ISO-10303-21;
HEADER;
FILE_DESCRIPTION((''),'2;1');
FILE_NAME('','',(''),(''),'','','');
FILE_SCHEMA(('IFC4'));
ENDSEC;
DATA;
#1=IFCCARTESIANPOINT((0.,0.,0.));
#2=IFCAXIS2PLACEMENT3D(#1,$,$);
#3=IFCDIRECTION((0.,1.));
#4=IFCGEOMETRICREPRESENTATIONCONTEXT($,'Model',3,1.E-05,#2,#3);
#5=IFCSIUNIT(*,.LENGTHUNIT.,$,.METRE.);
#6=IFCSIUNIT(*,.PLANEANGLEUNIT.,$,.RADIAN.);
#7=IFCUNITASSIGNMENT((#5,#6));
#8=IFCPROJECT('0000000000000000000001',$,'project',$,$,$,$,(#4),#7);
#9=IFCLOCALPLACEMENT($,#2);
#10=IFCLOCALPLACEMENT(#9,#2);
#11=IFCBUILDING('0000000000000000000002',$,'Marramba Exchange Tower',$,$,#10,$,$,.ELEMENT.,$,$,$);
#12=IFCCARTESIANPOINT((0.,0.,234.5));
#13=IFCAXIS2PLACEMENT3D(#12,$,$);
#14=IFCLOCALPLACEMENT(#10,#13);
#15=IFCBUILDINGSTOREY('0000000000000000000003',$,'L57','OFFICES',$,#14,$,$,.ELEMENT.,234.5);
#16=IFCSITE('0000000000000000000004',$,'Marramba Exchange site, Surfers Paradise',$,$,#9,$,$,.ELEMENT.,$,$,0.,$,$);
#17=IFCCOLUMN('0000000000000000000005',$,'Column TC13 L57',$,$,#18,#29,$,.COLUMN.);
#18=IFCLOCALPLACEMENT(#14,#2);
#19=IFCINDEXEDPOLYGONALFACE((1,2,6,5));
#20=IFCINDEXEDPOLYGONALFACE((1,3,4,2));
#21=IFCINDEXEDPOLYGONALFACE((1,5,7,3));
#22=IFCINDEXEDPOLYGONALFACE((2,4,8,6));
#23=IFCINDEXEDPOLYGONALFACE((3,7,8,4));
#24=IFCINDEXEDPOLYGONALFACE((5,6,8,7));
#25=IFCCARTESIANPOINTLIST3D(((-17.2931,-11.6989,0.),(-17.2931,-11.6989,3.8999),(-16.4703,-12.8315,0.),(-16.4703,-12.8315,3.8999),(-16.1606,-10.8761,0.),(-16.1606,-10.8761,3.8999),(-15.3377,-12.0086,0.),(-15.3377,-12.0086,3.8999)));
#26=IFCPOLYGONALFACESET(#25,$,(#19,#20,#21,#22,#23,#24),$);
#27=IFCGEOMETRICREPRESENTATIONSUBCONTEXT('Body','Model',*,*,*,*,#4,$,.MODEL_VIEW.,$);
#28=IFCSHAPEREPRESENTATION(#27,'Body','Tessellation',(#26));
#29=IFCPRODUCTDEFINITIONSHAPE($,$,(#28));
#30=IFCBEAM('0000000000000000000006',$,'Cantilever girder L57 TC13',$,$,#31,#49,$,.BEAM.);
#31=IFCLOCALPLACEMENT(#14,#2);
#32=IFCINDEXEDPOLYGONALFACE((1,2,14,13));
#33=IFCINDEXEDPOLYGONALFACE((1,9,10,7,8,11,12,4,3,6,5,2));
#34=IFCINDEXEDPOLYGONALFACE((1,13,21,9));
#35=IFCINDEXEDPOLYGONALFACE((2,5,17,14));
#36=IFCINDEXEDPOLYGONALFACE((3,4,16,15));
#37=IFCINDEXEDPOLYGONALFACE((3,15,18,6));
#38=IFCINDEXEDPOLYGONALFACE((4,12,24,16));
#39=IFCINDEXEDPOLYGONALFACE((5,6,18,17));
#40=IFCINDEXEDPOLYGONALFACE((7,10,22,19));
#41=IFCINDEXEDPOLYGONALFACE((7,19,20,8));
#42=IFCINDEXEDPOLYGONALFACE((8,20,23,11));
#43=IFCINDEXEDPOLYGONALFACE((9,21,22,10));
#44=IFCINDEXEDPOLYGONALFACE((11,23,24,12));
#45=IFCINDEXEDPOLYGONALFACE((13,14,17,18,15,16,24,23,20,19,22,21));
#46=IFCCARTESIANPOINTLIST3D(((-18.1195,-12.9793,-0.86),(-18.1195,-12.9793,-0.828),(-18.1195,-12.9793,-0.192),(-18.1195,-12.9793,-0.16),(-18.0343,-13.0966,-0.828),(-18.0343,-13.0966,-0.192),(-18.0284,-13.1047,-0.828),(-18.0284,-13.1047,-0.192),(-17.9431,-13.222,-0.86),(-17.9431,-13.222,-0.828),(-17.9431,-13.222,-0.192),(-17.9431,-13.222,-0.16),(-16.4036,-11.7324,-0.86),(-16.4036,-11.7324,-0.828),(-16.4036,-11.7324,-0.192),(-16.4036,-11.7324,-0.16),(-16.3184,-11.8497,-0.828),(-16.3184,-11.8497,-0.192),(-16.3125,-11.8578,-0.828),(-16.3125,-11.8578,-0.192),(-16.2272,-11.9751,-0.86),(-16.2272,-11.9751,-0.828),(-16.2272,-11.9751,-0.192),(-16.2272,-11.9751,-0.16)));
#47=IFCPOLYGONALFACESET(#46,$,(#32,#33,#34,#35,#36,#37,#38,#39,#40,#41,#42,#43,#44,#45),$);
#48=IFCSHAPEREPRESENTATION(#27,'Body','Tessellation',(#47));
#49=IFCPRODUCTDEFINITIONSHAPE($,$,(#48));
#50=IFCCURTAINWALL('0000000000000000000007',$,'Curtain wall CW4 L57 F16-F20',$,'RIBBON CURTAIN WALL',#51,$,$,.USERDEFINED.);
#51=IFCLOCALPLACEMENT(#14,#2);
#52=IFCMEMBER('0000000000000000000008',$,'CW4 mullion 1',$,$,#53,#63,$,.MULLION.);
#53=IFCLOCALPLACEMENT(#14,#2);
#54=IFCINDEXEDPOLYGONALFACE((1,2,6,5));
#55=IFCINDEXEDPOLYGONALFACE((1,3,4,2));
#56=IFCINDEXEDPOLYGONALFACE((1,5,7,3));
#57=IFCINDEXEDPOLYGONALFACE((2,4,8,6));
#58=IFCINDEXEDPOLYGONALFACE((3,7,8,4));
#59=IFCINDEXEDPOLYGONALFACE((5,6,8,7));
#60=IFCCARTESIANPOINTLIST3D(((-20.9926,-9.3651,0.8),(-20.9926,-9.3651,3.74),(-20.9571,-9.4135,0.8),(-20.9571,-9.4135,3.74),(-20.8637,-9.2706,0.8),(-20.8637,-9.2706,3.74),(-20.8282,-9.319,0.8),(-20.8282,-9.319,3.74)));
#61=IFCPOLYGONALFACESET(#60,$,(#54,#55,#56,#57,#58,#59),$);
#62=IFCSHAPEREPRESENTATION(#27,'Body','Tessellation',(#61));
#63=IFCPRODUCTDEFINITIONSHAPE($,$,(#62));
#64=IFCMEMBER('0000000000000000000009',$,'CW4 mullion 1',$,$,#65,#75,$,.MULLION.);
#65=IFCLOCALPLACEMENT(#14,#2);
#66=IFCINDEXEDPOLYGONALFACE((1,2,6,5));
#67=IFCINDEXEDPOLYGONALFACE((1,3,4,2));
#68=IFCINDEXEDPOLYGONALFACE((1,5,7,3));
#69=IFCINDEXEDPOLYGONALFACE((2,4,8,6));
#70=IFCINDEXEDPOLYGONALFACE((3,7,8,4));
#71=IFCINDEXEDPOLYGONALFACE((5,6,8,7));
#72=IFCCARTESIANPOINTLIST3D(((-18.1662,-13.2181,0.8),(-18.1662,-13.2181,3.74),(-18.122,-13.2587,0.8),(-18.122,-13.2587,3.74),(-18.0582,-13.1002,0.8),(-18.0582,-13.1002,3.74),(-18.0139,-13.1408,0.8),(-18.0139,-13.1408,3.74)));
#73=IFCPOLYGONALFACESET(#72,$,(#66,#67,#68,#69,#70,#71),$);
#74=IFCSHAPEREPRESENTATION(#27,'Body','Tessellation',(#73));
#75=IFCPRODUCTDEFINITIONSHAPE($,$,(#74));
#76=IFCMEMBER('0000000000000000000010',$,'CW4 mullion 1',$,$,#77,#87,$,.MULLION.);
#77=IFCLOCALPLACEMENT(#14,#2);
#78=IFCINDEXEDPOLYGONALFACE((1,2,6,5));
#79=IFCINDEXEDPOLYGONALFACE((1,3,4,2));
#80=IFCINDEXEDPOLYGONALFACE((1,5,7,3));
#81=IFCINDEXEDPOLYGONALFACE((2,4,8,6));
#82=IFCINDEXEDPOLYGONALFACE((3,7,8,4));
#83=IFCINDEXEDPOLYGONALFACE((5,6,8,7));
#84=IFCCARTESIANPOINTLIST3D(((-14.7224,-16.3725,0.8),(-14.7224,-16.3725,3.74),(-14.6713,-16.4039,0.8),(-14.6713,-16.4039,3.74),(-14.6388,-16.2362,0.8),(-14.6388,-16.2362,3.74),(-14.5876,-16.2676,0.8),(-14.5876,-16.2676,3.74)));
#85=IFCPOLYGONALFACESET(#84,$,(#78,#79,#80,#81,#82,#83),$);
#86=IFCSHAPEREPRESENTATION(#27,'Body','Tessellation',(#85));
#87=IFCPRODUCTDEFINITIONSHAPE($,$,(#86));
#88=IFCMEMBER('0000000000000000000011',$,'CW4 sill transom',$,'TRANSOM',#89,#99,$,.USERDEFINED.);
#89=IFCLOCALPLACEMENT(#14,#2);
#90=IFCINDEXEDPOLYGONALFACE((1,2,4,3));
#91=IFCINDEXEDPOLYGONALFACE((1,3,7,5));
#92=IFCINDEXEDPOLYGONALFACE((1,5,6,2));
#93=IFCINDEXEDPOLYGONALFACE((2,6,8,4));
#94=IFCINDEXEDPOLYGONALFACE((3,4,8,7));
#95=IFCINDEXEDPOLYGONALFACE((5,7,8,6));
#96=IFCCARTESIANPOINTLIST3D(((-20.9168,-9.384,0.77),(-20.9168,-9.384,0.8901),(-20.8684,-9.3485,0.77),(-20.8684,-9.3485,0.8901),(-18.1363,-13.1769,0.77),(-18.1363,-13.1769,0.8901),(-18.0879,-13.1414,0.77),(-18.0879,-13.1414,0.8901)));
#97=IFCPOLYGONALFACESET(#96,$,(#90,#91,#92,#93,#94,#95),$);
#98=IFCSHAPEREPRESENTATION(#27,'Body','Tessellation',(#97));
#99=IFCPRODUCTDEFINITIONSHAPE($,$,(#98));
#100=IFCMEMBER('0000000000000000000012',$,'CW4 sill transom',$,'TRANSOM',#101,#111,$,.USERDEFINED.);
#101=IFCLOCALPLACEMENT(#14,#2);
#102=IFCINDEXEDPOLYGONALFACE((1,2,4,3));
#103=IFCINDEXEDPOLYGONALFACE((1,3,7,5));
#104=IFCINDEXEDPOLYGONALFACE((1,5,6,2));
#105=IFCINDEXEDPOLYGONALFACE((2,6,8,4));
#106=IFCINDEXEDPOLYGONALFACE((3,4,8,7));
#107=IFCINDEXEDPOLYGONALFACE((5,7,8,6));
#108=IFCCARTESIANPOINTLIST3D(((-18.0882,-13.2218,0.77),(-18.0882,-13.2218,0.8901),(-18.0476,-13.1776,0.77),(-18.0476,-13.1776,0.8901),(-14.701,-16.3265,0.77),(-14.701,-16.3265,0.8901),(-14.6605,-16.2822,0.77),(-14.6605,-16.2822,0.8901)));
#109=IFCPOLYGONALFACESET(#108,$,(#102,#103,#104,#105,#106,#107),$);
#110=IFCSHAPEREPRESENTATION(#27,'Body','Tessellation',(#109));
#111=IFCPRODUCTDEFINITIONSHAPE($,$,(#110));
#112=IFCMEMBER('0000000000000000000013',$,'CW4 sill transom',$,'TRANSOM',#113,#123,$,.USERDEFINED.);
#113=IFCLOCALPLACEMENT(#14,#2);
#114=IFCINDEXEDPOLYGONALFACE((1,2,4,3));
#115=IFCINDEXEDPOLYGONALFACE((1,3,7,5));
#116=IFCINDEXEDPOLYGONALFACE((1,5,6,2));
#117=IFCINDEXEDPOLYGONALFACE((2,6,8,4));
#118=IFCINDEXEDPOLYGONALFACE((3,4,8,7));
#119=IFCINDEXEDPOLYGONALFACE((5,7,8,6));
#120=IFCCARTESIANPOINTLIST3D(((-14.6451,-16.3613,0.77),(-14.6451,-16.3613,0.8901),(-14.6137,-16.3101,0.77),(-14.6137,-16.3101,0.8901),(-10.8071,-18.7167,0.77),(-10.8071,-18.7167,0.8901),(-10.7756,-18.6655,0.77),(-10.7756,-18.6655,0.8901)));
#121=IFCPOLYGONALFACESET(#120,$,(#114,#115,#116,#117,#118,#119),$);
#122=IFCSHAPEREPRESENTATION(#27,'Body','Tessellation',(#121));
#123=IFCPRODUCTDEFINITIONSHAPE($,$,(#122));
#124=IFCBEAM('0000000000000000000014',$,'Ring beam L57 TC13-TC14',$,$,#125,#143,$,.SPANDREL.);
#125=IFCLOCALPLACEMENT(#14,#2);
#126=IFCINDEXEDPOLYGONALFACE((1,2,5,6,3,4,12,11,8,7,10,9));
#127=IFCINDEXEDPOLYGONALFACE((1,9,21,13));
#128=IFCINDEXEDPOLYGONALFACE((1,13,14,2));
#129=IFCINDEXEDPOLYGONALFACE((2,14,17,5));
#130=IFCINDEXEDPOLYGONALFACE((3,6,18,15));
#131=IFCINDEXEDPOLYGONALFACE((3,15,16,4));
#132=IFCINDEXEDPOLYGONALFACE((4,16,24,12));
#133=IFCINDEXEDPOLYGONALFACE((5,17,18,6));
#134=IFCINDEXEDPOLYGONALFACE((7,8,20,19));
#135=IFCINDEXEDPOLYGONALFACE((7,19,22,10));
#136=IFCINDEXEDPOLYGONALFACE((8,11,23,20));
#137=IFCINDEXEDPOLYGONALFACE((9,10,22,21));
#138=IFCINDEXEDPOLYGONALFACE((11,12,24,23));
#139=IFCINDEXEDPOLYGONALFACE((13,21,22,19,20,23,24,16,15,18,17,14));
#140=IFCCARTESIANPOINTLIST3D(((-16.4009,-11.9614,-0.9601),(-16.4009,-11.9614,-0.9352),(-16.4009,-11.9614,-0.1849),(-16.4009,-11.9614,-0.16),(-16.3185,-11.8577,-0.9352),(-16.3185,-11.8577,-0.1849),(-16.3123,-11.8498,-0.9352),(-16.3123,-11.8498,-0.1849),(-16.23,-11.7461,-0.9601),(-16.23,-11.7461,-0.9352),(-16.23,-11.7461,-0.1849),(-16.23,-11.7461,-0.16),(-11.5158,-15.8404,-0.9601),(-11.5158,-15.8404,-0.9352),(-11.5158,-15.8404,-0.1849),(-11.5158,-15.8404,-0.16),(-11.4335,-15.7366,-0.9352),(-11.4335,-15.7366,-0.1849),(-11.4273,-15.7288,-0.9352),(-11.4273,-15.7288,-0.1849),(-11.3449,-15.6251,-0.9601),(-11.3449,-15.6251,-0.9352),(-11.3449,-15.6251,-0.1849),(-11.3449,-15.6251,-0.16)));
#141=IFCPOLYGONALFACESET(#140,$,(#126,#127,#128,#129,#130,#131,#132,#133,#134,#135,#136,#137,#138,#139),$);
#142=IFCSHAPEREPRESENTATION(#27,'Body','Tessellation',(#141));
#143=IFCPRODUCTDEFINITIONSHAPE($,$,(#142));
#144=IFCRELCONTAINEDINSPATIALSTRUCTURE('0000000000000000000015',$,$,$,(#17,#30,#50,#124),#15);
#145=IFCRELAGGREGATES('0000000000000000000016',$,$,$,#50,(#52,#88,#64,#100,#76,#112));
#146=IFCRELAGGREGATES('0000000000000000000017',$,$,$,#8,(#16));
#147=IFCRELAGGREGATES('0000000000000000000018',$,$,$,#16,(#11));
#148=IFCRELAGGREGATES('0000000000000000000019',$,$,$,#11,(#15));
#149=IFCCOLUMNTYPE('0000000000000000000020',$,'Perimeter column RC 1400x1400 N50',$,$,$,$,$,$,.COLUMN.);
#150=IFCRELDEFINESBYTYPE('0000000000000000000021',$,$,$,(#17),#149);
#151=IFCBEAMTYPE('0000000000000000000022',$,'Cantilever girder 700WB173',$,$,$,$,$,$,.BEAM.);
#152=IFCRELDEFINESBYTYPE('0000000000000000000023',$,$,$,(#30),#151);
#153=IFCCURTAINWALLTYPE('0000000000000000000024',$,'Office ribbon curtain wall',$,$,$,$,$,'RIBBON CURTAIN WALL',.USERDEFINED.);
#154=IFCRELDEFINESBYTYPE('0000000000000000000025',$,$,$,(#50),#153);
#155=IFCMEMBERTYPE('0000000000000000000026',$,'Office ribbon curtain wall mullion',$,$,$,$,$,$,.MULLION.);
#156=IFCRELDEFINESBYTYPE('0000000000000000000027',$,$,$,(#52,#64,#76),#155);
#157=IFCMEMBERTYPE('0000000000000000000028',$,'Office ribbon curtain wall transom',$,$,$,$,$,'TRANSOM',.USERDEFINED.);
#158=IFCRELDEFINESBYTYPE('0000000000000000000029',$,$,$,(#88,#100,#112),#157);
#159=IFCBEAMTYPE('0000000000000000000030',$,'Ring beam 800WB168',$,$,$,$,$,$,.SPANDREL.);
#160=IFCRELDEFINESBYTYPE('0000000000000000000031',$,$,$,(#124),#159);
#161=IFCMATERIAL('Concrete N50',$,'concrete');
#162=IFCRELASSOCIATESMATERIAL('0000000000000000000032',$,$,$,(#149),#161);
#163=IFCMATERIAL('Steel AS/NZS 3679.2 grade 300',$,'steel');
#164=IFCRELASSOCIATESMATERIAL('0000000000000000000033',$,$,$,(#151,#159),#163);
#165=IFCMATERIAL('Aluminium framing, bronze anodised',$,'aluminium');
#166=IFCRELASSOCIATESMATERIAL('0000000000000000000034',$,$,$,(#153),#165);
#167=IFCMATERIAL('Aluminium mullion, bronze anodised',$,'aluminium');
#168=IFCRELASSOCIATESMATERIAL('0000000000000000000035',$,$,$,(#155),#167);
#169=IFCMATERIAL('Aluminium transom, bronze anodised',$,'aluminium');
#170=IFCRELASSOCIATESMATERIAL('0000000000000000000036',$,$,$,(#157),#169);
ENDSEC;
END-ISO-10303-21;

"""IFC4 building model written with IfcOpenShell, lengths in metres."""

from ifc_helpers import new_model, si_unit, direction, frame, origin, origin_2d, place, context, subcontext, project, spatial, rectangle, i_section, extrude, material, material_profile, profile_set, type_object, element, aggregate, save


model = new_model("IFC4")

# Units and contexts
model_context = context("Model", 3, precision=1e-05, world=origin(), true_north=direction((0.0, 1.0)))
body_context = subcontext(model_context, "Body", "Model", "MODEL_VIEW")
ifc_project = project(units=[si_unit("LENGTHUNIT", "METRE"), si_unit("PLANEANGLEUNIT", "RADIAN")], contexts=[model_context])

# Site, building, storey
site_placement = place(None, origin())
site = spatial("IfcSite", under=ifc_project, at=site_placement, Name="Marramba Exchange site, Surfers Paradise", CompositionType="ELEMENT", RefElevation=0.0)
building_placement = place(site_placement, origin())
building = spatial("IfcBuilding", under=site, at=building_placement, Name="Marramba Exchange Tower", CompositionType="ELEMENT")
storey_placement = place(building_placement, frame((0.0, 0.0, 234.5)))
storey = spatial("IfcBuildingStorey", under=building, at=storey_placement, Name="L57", Description="OFFICES", CompositionType="ELEMENT", Elevation=234.5)

# Column
ifc_material_1 = material(Name="Concrete N50", Category="concrete")
ifc_material_profile_1 = material_profile(ifc_material_1, rectangle(XDim=1.3999, YDim=1.3999, at=origin_2d()), Name="RC 1400x1400")
ifc_profile_set_1 = profile_set([ifc_material_profile_1], Name="Concrete N50")
column_type = type_object("IfcColumnType", Name="Perimeter column RC 1400x1400 N50", PredefinedType="COLUMN", material=ifc_profile_set_1)
column_placement = place(storey_placement, frame((-16.3154, -11.8538, 0.0), z_axis=(0.0, 0.0, 1.0), x_axis=(-0.809017, -0.587785, 0.0)))
element("IfcColumn", 1, at=column_placement, inside=storey, type_object=column_type, Name="Column TC13 L57", PredefinedType="COLUMN", context=body_context, shape_type="SweptSolid", body=[
    extrude(rectangle(XDim=1.3999, YDim=1.3999, at=origin_2d()), origin(), (0.0, 0.0, 1.0), 3.8999),
])

# Beam
ifc_material_2 = material(Name="Steel AS/NZS 3679.2 grade 300", Category="steel")
ifc_material_profile_2 = material_profile(ifc_material_2, i_section(OverallWidth=0.3, OverallDepth=0.7, WebThickness=0.01, FlangeThickness=0.032, at=origin_2d()), Name="700WB173")
ifc_profile_set_2 = profile_set([ifc_material_profile_2], Name="Steel AS/NZS 3679.2 grade 300")
beam_type_1 = type_object("IfcBeamType", Name="Cantilever girder 700WB173", PredefinedType="BEAM", material=ifc_profile_set_2)
beam_1_placement = place(storey_placement, frame((-16.3154, -11.8538, -0.51), z_axis=(-0.80897, -0.58785, 0.0), x_axis=(0.58785, -0.80897, 0.0)))
element("IfcBeam", 2, at=beam_1_placement, inside=storey, type_object=beam_type_1, Name="Cantilever girder L57 TC13", PredefinedType="BEAM", context=body_context, shape_type="SweptSolid", body=[
    extrude(i_section(OverallWidth=0.3, OverallDepth=0.7, WebThickness=0.01, FlangeThickness=0.032, at=origin_2d()), origin(), (0.0, 0.0, 1.0), 2.1211),
])

# Curtain wall, members
ifc_material_3 = material(Name="Aluminium framing, bronze anodised", Category="aluminium")
curtain_wall_type = type_object("IfcCurtainWallType", Name="Office ribbon curtain wall", ElementType="RIBBON CURTAIN WALL", PredefinedType="USERDEFINED", material=ifc_material_3)
curtain_wall_placement = place(storey_placement, origin())
curtain_wall = element("IfcCurtainWall", 3, at=curtain_wall_placement, inside=storey, type_object=curtain_wall_type, Name="Curtain wall CW4 L57 F16-F20", ObjectType="RIBBON CURTAIN WALL", PredefinedType="USERDEFINED")
ifc_material_4 = material(Name="Aluminium mullion, bronze anodised", Category="aluminium")
ifc_material_profile_3 = material_profile(ifc_material_4, rectangle(XDim=0.1599, YDim=0.0601, at=origin_2d()), Name="CW4 mullion 60x160")
ifc_profile_set_3 = profile_set([ifc_material_profile_3], Name="Aluminium mullion, bronze anodised")
member_type_1 = type_object("IfcMemberType", Name="Office ribbon curtain wall mullion", PredefinedType="MULLION", material=ifc_profile_set_3)
member_1_placement = place(storey_placement, frame((-20.9104, -9.342, 0.8), z_axis=(0.0, 0.0, 1.0), x_axis=(0.806508, 0.591223, 0.0)))
member_1 = element("IfcMember", 4, at=member_1_placement, type_object=member_type_1, Name="CW4 mullion 1", PredefinedType="MULLION", context=body_context, shape_type="SweptSolid", body=[
    extrude(rectangle(XDim=0.1599, YDim=0.0601, at=origin_2d()), origin(), (0.0, 0.0, 1.0), 2.9399),
])
member_2_placement = place(storey_placement, frame((-18.0901, -13.1794, 0.8), z_axis=(0.0, 0.0, 1.0), x_axis=(0.675671, 0.737203, 0.0)))
member_2 = element("IfcMember", 5, at=member_2_placement, type_object=member_type_1, Name="CW4 mullion 1", PredefinedType="MULLION", context=body_context, shape_type="SweptSolid", body=[
    extrude(rectangle(XDim=0.1599, YDim=0.0601, at=origin_2d()), origin(), (0.0, 0.0, 1.0), 2.9399),
])
member_3_placement = place(storey_placement, frame((-14.655, -16.3201, 0.8), z_axis=(0.0, 0.0, 1.0), x_axis=(0.523052, 0.852301, 0.0)))
member_3 = element("IfcMember", 6, at=member_3_placement, type_object=member_type_1, Name="CW4 mullion 1", PredefinedType="MULLION", context=body_context, shape_type="SweptSolid", body=[
    extrude(rectangle(XDim=0.1599, YDim=0.0601, at=origin_2d()), origin(), (0.0, 0.0, 1.0), 2.9399),
])
ifc_material_5 = material(Name="Aluminium transom, bronze anodised", Category="aluminium")
ifc_material_profile_4 = material_profile(ifc_material_5, rectangle(XDim=0.0601, YDim=0.1201, at=origin_2d()), Name="CW4 transom 60x120")
ifc_profile_set_4 = profile_set([ifc_material_profile_4], Name="Aluminium transom, bronze anodised")
member_type_2 = type_object("IfcMemberType", Name="Office ribbon curtain wall transom", ElementType="TRANSOM", PredefinedType="USERDEFINED", material=ifc_profile_set_4)
member_4_placement = place(storey_placement, frame((-20.8926, -9.3662, 0.8301), z_axis=(0.591226, -0.806506, 0.0), x_axis=(0.806506, 0.591226, 0.0)))
member_4 = element("IfcMember", 7, at=member_4_placement, type_object=member_type_2, Name="CW4 sill transom", ObjectType="TRANSOM", PredefinedType="USERDEFINED", context=body_context, shape_type="SweptSolid", body=[
    extrude(rectangle(XDim=0.0601, YDim=0.1201, at=origin_2d()), origin(), (0.0, 0.0, 1.0), 4.7029),
])
member_5_placement = place(storey_placement, frame((-18.0679, -13.1997, 0.8301), z_axis=(0.737176, -0.675701, 0.0), x_axis=(0.675701, 0.737176, 0.0)))
member_5 = element("IfcMember", 8, at=member_5_placement, type_object=member_type_2, Name="CW4 sill transom", ObjectType="TRANSOM", PredefinedType="USERDEFINED", context=body_context, shape_type="SweptSolid", body=[
    extrude(rectangle(XDim=0.0601, YDim=0.1201, at=origin_2d()), origin(), (0.0, 0.0, 1.0), 4.5947),
])
member_6_placement = place(storey_placement, frame((-14.6294, -16.3357, 0.8301), z_axis=(0.852298, -0.523056, 0.0), x_axis=(0.523056, 0.852298, 0.0)))
member_6 = element("IfcMember", 9, at=member_6_placement, type_object=member_type_2, Name="CW4 sill transom", ObjectType="TRANSOM", PredefinedType="USERDEFINED", context=body_context, shape_type="SweptSolid", body=[
    extrude(rectangle(XDim=0.0601, YDim=0.1201, at=origin_2d()), origin(), (0.0, 0.0, 1.0), 4.5032),
])

# Beam
ifc_material_profile_5 = material_profile(ifc_material_2, i_section(OverallWidth=0.2749, OverallDepth=0.8, WebThickness=0.01, FlangeThickness=0.0249, at=origin_2d()), Name="800WB168")
ifc_profile_set_5 = profile_set([ifc_material_profile_5], Name="Steel AS/NZS 3679.2 grade 300")
beam_type_2 = type_object("IfcBeamType", Name="Ring beam 800WB168", PredefinedType="SPANDREL", material=ifc_profile_set_5)
beam_2_placement = place(storey_placement, frame((-16.3154, -11.8538, -0.5601), z_axis=(0.783139, -0.621846, 0.0), x_axis=(0.621846, 0.783139, 0.0)))
element("IfcBeam", 10, at=beam_2_placement, inside=storey, type_object=beam_type_2, Name="Ring beam L57 TC13-TC14", PredefinedType="SPANDREL", context=body_context, shape_type="SweptSolid", body=[
    extrude(i_section(OverallWidth=0.2749, OverallDepth=0.8, WebThickness=0.01, FlangeThickness=0.0249, at=origin_2d()), origin(), (0.0, 0.0, 1.0), 6.2378),
])

aggregate(curtain_wall, [member_1, member_4, member_2, member_5, member_3, member_6])

save(model, "model.ifc")
